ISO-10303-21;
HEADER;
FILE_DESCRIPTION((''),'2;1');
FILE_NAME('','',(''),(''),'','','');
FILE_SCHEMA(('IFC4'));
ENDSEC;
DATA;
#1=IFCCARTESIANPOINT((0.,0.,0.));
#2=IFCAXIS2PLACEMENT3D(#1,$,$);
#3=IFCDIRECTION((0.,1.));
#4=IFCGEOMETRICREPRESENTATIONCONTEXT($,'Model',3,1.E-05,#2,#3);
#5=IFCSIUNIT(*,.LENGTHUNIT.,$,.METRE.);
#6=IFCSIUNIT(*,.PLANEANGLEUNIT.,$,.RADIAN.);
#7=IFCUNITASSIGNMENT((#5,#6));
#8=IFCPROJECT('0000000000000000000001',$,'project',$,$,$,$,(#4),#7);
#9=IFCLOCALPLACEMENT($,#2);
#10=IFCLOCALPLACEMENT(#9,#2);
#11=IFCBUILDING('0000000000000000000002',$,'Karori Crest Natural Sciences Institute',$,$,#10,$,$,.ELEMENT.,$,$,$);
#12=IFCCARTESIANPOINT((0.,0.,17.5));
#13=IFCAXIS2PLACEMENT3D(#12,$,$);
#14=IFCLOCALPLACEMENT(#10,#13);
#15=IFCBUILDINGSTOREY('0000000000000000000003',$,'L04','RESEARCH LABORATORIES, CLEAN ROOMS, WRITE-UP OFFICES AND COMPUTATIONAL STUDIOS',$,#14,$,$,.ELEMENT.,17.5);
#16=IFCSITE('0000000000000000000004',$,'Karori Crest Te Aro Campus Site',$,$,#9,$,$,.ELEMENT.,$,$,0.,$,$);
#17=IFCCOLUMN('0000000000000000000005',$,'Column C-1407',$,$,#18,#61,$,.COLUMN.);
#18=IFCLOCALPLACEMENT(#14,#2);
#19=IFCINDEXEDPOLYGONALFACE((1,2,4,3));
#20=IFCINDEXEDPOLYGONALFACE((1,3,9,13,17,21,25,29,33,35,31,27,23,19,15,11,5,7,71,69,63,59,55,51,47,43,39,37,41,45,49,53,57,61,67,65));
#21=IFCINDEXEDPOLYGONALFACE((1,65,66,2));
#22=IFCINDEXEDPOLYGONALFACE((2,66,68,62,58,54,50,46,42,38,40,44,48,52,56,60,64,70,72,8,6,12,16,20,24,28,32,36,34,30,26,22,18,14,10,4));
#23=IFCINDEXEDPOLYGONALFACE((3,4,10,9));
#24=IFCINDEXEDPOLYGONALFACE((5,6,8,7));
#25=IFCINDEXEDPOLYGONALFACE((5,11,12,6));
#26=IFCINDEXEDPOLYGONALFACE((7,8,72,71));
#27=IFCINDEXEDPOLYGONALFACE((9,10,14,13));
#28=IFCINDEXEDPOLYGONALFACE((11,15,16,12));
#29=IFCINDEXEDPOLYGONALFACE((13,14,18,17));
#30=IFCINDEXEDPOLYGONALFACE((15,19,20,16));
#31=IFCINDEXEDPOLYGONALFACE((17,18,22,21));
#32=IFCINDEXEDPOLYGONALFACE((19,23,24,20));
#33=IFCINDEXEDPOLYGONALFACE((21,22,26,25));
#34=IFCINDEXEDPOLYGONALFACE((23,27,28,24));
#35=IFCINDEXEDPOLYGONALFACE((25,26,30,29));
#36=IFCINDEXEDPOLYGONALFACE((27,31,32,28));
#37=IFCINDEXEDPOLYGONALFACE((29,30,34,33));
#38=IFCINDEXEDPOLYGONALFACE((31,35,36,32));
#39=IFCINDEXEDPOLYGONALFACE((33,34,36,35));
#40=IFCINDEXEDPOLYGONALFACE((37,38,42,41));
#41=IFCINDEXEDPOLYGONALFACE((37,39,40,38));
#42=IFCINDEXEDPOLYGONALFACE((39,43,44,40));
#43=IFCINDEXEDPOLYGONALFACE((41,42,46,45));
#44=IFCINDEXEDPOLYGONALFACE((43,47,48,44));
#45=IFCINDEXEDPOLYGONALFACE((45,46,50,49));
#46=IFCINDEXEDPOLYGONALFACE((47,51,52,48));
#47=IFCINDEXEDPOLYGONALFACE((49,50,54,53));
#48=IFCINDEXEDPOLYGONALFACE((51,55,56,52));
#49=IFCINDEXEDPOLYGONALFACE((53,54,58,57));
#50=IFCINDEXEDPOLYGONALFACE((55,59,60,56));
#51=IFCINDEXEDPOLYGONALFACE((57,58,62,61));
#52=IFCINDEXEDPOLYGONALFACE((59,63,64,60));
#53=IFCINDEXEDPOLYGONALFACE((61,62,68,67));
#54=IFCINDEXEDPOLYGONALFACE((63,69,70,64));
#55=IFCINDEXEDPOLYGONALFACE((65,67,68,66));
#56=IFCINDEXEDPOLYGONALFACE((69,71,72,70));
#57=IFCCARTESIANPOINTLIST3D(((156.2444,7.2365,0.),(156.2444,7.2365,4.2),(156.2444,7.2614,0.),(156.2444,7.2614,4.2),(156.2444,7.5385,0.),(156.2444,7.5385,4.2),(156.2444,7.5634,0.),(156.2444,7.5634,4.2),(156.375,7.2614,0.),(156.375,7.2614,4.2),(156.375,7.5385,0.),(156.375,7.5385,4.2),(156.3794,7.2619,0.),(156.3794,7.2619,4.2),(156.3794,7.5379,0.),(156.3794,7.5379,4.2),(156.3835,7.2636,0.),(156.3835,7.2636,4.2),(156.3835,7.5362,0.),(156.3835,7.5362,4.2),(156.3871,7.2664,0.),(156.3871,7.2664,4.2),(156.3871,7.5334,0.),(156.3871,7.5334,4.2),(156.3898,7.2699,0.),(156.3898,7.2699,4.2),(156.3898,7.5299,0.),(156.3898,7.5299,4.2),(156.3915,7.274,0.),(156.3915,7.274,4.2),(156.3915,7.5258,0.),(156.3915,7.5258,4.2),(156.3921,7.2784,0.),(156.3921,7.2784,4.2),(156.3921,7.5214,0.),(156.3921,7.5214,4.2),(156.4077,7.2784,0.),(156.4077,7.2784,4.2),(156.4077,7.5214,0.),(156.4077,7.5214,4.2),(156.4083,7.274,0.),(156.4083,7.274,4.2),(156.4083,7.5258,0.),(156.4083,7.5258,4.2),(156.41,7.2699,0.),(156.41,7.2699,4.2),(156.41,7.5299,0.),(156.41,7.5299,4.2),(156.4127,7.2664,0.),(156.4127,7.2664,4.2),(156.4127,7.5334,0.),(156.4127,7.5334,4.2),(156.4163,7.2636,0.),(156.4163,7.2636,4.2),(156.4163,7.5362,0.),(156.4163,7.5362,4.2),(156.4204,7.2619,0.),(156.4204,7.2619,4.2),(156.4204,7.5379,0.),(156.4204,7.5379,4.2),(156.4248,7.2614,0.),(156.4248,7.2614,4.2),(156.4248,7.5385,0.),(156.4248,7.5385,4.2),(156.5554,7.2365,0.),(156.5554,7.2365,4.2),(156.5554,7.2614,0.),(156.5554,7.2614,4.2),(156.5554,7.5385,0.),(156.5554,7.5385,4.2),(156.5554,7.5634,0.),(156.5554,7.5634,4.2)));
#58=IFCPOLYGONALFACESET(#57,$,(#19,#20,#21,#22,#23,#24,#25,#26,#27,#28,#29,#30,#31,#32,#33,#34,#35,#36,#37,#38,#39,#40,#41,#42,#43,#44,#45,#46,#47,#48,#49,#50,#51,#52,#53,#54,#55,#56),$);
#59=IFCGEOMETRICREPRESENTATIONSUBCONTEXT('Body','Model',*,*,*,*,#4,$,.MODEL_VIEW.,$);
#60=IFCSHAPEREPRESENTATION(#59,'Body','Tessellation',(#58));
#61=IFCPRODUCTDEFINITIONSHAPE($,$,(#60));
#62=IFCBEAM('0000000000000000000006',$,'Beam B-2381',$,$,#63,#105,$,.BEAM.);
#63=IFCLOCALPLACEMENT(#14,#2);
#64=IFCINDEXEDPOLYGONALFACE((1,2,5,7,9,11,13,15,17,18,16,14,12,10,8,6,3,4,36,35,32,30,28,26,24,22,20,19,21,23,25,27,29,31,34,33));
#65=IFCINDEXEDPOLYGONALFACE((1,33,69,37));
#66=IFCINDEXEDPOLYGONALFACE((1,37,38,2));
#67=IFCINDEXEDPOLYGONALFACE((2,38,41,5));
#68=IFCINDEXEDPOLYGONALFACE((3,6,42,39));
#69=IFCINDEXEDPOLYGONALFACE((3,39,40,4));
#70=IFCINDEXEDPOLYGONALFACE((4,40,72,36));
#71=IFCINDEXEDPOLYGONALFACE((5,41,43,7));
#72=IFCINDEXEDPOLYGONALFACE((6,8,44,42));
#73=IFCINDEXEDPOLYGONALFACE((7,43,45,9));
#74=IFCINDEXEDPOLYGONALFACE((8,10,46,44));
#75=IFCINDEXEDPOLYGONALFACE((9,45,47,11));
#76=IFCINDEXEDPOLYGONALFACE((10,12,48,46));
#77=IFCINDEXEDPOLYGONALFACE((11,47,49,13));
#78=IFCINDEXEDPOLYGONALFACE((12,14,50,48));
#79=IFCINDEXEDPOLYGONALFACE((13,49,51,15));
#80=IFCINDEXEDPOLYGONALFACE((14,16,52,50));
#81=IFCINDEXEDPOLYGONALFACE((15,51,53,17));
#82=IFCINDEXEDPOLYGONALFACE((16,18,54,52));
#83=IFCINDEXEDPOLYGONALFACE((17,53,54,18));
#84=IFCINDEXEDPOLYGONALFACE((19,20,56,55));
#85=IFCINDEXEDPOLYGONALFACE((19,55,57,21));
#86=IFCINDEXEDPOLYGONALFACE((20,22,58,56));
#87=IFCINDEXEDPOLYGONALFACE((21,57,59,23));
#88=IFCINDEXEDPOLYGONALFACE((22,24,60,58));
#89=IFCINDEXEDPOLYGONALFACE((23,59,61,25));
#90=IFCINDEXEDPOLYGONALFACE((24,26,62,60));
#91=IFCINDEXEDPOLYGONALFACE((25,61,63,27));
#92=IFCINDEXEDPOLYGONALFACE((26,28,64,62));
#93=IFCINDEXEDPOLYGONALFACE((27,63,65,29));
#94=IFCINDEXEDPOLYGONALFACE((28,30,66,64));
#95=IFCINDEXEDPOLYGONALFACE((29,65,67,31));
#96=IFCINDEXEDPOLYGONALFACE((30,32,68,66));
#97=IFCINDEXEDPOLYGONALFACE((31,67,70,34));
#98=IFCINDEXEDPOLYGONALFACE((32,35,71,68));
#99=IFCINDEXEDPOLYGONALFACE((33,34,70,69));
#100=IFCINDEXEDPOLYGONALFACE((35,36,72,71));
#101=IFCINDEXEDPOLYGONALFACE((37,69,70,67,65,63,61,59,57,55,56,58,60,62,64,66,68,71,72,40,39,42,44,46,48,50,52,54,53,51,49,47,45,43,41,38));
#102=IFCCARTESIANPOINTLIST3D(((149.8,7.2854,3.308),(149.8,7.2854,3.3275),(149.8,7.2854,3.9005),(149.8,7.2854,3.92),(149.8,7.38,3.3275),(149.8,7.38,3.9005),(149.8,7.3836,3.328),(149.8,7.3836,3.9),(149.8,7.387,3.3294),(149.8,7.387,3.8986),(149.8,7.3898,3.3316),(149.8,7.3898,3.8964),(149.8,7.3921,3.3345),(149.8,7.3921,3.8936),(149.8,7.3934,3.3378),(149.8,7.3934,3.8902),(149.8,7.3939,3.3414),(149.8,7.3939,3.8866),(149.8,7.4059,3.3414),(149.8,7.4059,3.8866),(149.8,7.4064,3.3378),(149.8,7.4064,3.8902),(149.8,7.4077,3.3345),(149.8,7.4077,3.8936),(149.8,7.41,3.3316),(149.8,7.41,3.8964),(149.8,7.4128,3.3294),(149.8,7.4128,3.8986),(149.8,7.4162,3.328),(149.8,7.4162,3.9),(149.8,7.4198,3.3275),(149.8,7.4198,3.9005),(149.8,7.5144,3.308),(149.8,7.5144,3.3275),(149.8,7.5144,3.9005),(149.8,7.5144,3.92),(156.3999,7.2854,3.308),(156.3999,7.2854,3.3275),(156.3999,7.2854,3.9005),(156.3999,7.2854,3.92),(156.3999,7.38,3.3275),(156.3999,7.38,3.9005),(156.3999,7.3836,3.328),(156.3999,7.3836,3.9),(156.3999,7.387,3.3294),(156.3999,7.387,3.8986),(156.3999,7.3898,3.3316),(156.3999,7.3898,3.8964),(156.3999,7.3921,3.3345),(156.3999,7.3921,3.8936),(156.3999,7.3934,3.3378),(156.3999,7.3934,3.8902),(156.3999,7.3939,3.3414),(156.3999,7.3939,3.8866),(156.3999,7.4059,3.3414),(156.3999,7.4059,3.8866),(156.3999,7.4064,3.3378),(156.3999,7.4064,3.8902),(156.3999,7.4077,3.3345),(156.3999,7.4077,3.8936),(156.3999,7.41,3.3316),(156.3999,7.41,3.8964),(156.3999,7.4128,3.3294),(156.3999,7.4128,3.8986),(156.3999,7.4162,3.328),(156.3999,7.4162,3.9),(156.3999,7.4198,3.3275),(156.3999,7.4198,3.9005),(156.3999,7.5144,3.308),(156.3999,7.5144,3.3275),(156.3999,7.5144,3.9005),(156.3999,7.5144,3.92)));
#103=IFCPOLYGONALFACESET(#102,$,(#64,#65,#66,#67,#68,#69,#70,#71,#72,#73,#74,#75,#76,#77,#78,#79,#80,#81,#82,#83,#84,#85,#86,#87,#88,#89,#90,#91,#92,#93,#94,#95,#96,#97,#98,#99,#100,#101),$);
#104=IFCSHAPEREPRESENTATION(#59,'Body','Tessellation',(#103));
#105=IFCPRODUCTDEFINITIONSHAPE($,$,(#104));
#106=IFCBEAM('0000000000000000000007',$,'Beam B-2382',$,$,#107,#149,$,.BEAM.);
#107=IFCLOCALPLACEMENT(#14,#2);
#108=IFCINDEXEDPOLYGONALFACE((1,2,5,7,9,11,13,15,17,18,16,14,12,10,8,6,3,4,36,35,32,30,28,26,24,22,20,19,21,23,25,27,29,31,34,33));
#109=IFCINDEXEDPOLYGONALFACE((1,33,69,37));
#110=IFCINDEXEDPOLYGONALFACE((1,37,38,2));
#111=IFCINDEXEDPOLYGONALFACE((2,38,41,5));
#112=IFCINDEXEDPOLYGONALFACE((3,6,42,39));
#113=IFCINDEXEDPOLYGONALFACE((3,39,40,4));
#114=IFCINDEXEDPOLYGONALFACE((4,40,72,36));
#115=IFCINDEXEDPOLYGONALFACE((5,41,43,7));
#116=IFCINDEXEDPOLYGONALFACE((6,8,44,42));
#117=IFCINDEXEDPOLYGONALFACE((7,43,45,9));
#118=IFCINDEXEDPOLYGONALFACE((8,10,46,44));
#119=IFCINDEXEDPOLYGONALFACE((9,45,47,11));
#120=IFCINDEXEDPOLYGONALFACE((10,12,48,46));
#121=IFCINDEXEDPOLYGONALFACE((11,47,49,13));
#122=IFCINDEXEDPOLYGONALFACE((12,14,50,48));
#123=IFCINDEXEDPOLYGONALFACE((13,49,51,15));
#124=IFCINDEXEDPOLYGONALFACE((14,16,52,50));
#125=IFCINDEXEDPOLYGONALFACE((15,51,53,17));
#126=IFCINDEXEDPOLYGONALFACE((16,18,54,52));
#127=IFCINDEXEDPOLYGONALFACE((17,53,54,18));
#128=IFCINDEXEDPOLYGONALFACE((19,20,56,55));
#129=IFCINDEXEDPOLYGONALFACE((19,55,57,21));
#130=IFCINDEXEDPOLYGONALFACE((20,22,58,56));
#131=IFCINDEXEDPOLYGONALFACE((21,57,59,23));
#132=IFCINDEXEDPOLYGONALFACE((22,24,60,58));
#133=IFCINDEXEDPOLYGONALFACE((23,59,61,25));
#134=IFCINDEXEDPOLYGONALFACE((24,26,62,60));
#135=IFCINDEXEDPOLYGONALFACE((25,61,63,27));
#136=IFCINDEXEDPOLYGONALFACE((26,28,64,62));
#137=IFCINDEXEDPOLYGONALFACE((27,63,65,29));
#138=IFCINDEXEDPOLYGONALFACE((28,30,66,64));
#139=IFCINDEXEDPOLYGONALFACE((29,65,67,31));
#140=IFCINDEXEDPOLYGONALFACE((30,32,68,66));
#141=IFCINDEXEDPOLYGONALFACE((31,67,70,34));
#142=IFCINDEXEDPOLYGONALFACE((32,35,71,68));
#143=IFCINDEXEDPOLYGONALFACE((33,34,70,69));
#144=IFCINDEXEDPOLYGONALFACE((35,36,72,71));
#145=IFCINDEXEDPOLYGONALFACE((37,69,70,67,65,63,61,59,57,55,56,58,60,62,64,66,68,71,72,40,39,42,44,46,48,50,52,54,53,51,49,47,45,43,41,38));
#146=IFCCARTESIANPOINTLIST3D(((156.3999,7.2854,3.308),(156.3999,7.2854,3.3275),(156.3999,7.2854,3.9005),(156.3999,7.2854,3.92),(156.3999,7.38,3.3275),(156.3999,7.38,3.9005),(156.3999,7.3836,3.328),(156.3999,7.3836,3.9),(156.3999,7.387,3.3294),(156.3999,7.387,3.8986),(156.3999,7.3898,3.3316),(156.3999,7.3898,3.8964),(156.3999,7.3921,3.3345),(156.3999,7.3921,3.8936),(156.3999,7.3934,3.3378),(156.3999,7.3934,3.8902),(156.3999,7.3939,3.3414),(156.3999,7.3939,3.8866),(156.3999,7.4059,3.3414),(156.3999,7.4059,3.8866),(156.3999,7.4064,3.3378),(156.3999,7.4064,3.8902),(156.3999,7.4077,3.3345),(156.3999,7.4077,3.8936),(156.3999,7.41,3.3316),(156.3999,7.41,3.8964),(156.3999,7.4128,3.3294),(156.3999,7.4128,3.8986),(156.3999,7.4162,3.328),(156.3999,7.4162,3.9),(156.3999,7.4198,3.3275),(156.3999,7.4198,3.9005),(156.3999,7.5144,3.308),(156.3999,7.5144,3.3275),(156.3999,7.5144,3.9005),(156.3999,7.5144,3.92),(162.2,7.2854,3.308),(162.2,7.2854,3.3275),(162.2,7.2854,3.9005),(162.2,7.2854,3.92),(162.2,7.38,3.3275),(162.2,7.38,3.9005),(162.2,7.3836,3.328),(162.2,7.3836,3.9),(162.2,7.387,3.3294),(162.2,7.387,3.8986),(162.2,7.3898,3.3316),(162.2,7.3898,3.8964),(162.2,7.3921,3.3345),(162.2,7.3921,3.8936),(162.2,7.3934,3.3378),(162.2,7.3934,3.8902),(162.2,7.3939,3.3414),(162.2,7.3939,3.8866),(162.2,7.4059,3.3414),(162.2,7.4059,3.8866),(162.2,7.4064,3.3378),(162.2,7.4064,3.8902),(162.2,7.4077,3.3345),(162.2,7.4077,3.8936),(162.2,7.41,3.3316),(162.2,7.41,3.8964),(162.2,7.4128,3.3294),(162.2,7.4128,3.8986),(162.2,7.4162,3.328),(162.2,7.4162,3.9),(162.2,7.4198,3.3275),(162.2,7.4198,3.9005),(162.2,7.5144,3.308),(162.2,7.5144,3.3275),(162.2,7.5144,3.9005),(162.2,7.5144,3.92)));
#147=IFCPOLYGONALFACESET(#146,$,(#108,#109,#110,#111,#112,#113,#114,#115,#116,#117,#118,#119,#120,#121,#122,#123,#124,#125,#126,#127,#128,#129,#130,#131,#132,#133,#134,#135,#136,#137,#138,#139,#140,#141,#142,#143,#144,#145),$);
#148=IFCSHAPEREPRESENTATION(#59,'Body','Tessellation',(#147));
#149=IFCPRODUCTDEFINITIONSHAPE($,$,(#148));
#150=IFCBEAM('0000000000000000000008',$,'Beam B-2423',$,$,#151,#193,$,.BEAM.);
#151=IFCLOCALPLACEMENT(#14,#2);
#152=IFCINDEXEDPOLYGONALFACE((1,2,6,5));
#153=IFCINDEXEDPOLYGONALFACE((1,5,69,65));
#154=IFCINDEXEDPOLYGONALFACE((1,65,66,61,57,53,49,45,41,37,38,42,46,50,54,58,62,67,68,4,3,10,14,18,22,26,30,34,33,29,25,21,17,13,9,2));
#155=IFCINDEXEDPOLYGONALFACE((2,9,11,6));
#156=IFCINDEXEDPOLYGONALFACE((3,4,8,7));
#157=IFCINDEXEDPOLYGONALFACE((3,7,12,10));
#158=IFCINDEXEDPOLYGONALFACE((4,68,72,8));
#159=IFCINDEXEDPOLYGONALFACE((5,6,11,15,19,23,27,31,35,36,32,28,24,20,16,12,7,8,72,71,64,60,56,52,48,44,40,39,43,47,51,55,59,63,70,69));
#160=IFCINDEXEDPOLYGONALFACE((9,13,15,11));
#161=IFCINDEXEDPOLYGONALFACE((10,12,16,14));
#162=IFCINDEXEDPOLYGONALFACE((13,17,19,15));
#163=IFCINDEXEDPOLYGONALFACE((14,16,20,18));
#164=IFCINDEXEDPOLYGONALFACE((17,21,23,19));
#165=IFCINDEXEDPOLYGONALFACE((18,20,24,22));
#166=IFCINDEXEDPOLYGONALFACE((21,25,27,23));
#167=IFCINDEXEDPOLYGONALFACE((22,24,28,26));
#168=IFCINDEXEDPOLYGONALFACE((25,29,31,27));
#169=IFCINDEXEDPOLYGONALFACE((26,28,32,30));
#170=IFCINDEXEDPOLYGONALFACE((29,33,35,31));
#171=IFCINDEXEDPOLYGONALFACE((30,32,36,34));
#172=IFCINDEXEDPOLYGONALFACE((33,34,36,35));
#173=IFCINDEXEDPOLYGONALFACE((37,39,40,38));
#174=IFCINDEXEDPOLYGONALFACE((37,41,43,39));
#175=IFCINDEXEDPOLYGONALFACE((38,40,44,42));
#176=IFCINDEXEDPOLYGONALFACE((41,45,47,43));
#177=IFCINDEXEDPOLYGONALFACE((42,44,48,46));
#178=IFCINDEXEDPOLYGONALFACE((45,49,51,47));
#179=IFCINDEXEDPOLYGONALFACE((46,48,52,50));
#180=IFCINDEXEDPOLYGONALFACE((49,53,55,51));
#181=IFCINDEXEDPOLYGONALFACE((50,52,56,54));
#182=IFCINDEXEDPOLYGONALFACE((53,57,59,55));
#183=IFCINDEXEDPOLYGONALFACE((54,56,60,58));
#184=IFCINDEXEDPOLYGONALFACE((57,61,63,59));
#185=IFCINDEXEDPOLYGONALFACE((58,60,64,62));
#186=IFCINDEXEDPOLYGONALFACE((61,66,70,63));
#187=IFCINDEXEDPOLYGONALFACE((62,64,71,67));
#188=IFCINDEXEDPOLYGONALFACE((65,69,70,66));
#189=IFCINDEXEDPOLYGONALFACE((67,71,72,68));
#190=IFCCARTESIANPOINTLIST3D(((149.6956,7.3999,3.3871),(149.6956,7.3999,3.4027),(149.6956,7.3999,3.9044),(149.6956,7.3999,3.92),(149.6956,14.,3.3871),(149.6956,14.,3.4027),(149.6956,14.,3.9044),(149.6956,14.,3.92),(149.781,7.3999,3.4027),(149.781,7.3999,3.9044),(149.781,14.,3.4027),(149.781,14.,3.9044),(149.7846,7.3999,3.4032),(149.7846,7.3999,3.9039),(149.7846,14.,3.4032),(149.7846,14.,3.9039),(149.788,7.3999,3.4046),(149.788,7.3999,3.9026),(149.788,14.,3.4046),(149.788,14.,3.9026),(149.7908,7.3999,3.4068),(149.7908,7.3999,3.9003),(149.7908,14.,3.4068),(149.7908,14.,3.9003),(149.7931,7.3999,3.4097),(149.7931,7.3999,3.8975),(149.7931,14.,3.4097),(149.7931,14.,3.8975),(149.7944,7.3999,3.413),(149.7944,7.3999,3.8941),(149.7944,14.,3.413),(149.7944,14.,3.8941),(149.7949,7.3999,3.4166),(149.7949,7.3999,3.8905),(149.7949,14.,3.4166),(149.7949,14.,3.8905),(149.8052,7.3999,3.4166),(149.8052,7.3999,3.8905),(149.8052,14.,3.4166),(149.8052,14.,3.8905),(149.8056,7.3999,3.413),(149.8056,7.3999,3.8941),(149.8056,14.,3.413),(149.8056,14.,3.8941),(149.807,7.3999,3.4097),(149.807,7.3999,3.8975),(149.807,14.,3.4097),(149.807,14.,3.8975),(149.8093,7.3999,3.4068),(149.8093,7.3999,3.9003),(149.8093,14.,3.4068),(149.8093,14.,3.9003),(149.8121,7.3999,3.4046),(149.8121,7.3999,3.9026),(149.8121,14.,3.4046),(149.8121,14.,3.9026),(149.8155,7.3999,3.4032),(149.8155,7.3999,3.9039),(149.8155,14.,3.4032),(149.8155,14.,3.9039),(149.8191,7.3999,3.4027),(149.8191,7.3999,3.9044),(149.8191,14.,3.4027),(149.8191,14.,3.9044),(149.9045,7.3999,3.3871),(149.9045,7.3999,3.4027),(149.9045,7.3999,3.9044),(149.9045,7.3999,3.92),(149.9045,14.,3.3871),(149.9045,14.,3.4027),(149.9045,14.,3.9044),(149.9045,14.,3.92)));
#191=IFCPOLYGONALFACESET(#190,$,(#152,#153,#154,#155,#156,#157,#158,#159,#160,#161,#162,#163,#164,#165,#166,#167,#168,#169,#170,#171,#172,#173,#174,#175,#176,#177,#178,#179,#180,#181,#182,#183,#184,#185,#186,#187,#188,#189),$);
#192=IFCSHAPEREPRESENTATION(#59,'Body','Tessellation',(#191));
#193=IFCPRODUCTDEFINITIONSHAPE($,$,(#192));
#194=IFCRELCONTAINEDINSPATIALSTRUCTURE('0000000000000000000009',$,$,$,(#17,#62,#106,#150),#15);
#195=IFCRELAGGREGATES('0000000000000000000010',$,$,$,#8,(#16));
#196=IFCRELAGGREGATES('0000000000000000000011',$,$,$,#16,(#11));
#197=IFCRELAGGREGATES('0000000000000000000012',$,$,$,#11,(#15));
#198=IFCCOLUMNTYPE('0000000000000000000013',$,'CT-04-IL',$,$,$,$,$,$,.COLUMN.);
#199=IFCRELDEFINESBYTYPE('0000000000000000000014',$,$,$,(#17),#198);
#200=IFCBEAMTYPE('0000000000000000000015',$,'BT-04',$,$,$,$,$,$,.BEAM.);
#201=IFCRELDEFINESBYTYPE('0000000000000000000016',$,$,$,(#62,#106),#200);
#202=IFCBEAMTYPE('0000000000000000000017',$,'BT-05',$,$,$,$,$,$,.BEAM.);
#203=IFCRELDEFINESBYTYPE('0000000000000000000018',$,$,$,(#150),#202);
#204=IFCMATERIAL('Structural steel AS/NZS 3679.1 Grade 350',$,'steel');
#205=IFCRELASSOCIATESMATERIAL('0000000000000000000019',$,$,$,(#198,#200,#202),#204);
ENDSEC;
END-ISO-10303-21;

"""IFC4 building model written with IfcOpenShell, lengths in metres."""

from ifc_helpers import new_model, si_unit, direction, frame, origin, origin_2d, place, context, subcontext, project, spatial, i_section, extrude, material, material_profile, profile_set, type_object, element, save


model = new_model("IFC4")

# Units and contexts
model_context = context("Model", 3, precision=1e-05, world=origin(), true_north=direction((0.0, 1.0)))
body_context = subcontext(model_context, "Body", "Model", "MODEL_VIEW")
ifc_project = project(units=[si_unit("LENGTHUNIT", "METRE"), si_unit("PLANEANGLEUNIT", "RADIAN")], contexts=[model_context])

# Site, building, storey
site_placement = place(None, origin())
site = spatial("IfcSite", under=ifc_project, at=site_placement, Name="Karori Crest Te Aro Campus Site", CompositionType="ELEMENT", RefElevation=0.0)
building_placement = place(site_placement, origin())
building = spatial("IfcBuilding", under=site, at=building_placement, Name="Karori Crest Natural Sciences Institute", CompositionType="ELEMENT")
storey_placement = place(building_placement, frame((0.0, 0.0, 17.5)))
storey = spatial("IfcBuildingStorey", under=building, at=storey_placement, Name="L04", Description="RESEARCH LABORATORIES, CLEAN ROOMS, WRITE-UP OFFICES AND COMPUTATIONAL STUDIOS", CompositionType="ELEMENT", Elevation=17.5)

# Column
ifc_material_1 = material(Name="Structural steel AS/NZS 3679.1 Grade 350", Category="steel")
ifc_material_profile_1 = material_profile(ifc_material_1, i_section(OverallWidth=0.311, OverallDepth=0.3269, WebThickness=0.0156, FlangeThickness=0.0249, FilletRadius=0.0171, at=origin_2d()), Name="310UC158")
ifc_profile_set_1 = profile_set([ifc_material_profile_1], Name="Structural steel AS/NZS 3679.1 Grade 350")
column_type_1 = type_object("IfcColumnType", Name="CT-04-IL", PredefinedType="COLUMN", material=ifc_profile_set_1)
for number, where, z_axis, x_axis, name in (
    (1, (156.3999, 7.3999, 0.0), (0.0, 0.0, 1.0), (1.0, 0.0, 0.0), "Column C-1407"),
):
    element("IfcColumn", number, at=place(storey_placement, frame(where, z_axis=z_axis, x_axis=x_axis)), inside=storey, type_object=column_type_1, Name=name, PredefinedType="COLUMN", context=body_context, shape_type="SweptSolid", body=[
        extrude(i_section(OverallWidth=0.311, OverallDepth=0.3269, WebThickness=0.0156, FlangeThickness=0.0249, FilletRadius=0.0171, at=origin_2d()), origin(), (0.0, 0.0, 1.0), 4.2),
    ])

# Beams
ifc_material_profile_2 = material_profile(ifc_material_1, i_section(OverallWidth=0.229, OverallDepth=0.6121, WebThickness=0.012, FlangeThickness=0.0195, FilletRadius=0.0139, at=origin_2d()), Name="610UB125")
ifc_profile_set_2 = profile_set([ifc_material_profile_2], Name="Structural steel AS/NZS 3679.1 Grade 350")
beam_type_1 = type_object("IfcBeamType", Name="BT-04", PredefinedType="BEAM", material=ifc_profile_set_2)
beam_1_placement = place(storey_placement, frame((149.8, 7.3999, 3.614), z_axis=(1.0, 0.0, 0.0), x_axis=(0.0, 1.0, 0.0)))
element("IfcBeam", 2, at=beam_1_placement, inside=storey, type_object=beam_type_1, Name="Beam B-2381", PredefinedType="BEAM", context=body_context, shape_type="SweptSolid", body=[
    extrude(i_section(OverallWidth=0.229, OverallDepth=0.6121, WebThickness=0.012, FlangeThickness=0.0195, FilletRadius=0.0139, at=origin_2d()), origin(), (0.0, 0.0, 1.0), 6.5999),
])
beam_2_placement = place(storey_placement, frame((156.3999, 7.3999, 3.614), z_axis=(1.0, 0.0, 0.0), x_axis=(0.0, 1.0, 0.0)))
element("IfcBeam", 3, at=beam_2_placement, inside=storey, type_object=beam_type_1, Name="Beam B-2382", PredefinedType="BEAM", context=body_context, shape_type="SweptSolid", body=[
    extrude(i_section(OverallWidth=0.229, OverallDepth=0.6121, WebThickness=0.012, FlangeThickness=0.0195, FilletRadius=0.0139, at=origin_2d()), origin(), (0.0, 0.0, 1.0), 5.8),
])
ifc_material_profile_3 = material_profile(ifc_material_1, i_section(OverallWidth=0.209, OverallDepth=0.533, WebThickness=0.0103, FlangeThickness=0.0156, FilletRadius=0.0139, at=origin_2d()), Name="530UB92.4")
ifc_profile_set_3 = profile_set([ifc_material_profile_3], Name="Structural steel AS/NZS 3679.1 Grade 350")
beam_type_2 = type_object("IfcBeamType", Name="BT-05", PredefinedType="BEAM", material=ifc_profile_set_3)
beam_3_placement = place(storey_placement, frame((149.8, 7.3999, 3.6536), z_axis=(0.0, 1.0, 0.0), x_axis=(-1.0, 0.0, 0.0)))
element("IfcBeam", 4, at=beam_3_placement, inside=storey, type_object=beam_type_2, Name="Beam B-2423", PredefinedType="BEAM", context=body_context, shape_type="SweptSolid", body=[
    extrude(i_section(OverallWidth=0.209, OverallDepth=0.533, WebThickness=0.0103, FlangeThickness=0.0156, FilletRadius=0.0139, at=origin_2d()), origin(), (0.0, 0.0, 1.0), 6.6001),
])

save(model, "model.ifc")
